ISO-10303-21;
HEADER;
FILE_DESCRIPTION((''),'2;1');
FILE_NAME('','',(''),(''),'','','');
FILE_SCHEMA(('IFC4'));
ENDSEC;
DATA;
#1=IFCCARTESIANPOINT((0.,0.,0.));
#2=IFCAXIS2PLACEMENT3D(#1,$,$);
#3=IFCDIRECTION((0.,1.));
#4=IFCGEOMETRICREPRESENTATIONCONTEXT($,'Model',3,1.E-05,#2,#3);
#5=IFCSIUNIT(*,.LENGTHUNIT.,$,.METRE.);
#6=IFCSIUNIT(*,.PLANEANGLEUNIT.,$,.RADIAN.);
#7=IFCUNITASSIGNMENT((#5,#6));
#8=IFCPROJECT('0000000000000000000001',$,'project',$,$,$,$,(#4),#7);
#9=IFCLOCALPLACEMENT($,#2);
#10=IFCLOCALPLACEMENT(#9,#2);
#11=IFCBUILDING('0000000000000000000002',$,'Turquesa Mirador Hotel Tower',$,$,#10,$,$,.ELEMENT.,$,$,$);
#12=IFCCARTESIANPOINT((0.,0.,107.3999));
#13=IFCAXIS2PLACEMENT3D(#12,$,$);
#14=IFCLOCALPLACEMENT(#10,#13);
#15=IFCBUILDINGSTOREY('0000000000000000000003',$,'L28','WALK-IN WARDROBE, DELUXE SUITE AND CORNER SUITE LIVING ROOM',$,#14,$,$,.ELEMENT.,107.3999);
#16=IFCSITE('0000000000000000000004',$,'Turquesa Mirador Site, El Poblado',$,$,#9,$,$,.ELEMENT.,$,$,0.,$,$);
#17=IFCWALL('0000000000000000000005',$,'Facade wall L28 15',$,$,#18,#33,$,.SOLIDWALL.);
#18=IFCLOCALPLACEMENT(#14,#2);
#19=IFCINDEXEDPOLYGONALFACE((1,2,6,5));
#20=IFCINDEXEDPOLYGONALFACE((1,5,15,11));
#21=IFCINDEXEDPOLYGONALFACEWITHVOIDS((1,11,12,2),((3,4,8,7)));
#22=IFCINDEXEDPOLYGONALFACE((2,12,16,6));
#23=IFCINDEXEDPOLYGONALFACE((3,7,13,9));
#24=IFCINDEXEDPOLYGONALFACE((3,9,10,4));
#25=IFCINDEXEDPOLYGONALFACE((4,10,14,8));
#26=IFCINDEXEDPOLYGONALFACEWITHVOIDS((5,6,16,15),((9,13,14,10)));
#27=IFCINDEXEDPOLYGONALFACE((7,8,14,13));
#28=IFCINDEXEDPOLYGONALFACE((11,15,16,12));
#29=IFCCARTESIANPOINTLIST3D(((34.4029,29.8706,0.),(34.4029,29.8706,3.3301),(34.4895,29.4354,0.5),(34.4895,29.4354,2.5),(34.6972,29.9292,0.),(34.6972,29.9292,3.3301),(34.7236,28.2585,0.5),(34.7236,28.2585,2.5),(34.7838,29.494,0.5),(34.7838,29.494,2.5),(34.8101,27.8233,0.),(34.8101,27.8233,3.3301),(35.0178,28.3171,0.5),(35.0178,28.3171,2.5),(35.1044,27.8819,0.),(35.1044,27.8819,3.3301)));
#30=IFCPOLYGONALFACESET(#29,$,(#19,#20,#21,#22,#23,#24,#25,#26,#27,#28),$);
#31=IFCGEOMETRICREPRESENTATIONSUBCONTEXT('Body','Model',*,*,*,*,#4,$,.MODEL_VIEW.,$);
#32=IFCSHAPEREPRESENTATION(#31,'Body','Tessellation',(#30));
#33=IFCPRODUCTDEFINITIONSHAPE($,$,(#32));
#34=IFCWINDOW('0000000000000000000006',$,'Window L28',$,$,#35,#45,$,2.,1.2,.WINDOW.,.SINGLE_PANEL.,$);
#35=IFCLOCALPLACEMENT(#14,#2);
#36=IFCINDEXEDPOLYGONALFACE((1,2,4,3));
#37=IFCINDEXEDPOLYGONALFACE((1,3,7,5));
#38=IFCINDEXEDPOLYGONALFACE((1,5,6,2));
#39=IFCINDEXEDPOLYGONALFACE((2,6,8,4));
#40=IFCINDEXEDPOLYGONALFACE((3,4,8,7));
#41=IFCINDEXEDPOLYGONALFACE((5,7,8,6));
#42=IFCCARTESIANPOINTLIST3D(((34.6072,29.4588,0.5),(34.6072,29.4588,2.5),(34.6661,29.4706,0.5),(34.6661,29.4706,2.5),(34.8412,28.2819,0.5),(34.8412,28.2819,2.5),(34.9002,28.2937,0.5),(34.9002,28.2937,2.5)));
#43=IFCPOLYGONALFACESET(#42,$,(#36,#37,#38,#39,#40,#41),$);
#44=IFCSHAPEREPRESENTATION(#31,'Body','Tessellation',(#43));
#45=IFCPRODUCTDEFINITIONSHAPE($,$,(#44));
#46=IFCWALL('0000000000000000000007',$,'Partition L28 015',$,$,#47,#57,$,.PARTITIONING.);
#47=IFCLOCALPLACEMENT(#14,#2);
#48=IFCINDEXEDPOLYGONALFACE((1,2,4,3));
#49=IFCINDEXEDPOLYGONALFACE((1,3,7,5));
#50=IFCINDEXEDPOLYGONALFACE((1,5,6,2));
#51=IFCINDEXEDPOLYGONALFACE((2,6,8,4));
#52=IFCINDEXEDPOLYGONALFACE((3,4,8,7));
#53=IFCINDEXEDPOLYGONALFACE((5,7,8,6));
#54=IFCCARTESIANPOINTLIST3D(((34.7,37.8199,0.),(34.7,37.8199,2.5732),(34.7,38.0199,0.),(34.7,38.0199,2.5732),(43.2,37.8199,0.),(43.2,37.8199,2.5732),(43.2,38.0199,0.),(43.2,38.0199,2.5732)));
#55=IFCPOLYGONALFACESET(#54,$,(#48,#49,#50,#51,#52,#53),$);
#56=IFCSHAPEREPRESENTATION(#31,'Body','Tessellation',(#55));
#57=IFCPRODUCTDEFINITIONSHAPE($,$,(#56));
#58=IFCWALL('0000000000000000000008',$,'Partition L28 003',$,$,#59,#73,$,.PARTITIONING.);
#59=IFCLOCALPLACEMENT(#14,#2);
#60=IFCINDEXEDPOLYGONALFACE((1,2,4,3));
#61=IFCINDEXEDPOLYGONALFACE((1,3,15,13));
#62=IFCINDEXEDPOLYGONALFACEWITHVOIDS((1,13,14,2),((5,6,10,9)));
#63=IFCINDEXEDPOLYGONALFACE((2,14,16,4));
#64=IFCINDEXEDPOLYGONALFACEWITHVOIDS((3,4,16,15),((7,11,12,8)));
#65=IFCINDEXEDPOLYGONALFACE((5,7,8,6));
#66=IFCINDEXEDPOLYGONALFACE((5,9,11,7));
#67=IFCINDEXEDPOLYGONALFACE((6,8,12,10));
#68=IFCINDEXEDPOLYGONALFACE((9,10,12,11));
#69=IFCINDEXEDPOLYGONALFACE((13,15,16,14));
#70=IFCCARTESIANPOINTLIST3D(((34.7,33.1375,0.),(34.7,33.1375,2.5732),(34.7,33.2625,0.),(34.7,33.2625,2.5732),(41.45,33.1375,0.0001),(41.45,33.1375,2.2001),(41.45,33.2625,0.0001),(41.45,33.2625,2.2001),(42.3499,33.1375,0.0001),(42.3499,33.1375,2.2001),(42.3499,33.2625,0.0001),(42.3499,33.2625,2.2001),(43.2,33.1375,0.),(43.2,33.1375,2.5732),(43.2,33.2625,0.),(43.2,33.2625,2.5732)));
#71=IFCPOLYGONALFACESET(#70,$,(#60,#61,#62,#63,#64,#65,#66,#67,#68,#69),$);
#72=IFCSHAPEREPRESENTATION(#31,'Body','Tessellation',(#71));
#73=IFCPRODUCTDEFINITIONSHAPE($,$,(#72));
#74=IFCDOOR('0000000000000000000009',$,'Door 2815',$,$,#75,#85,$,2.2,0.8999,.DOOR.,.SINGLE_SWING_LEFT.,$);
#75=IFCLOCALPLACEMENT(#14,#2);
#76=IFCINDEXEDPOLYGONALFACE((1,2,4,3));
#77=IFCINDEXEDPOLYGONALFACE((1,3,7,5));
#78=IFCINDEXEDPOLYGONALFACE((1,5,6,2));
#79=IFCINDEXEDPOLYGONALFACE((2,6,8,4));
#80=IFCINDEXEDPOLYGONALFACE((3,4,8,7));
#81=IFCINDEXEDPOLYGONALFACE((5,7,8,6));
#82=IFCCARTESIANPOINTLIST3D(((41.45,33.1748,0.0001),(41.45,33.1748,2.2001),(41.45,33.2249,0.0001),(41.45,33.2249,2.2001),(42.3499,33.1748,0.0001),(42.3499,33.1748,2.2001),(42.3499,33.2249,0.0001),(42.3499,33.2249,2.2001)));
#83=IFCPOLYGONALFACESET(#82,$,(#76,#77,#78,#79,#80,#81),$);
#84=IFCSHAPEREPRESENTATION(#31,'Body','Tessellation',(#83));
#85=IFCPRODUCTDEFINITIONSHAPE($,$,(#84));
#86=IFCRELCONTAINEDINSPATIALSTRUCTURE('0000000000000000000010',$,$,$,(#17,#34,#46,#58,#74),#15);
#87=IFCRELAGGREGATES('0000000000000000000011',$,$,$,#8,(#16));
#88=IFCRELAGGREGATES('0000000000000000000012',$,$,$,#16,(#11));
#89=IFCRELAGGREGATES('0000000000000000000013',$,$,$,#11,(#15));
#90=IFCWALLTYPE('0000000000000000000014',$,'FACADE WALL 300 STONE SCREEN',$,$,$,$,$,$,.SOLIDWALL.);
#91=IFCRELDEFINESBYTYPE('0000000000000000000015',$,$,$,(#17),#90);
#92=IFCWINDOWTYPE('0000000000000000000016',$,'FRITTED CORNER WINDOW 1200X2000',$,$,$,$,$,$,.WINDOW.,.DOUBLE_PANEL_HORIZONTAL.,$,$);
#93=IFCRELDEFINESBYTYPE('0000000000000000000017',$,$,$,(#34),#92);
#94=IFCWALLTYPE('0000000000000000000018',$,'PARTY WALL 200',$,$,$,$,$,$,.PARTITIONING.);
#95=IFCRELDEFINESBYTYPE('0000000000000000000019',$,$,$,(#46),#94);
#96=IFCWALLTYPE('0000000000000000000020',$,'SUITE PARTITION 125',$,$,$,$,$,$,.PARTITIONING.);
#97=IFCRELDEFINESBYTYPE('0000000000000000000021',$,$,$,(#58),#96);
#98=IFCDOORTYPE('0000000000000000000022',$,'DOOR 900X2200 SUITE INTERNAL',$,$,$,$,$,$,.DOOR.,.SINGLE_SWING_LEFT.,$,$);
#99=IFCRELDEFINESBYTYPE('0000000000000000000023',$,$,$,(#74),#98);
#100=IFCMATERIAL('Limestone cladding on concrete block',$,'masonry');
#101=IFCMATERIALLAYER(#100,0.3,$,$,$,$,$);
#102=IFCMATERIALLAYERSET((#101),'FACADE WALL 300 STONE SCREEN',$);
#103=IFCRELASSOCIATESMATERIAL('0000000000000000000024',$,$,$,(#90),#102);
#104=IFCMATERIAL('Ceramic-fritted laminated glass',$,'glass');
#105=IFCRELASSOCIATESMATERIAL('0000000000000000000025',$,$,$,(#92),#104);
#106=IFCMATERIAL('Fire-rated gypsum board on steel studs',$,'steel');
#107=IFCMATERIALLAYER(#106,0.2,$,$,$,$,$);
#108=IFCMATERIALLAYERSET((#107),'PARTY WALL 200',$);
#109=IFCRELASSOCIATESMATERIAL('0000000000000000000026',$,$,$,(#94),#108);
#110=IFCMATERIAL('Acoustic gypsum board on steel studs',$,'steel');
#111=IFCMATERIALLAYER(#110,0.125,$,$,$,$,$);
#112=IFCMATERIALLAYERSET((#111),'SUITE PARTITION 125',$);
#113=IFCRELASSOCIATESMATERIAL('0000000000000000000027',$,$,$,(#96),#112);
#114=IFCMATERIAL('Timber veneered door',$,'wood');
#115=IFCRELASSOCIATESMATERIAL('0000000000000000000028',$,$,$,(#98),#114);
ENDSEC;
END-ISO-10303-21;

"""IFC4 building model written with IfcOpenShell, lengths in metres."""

from ifc_helpers import new_model, si_unit, direction, frame, frame_2d, origin, place, context, subcontext, project, spatial, rectangle, extrude, material, layer, layer_set, type_object, element, fill, save


model = new_model("IFC4")

# Units and contexts
model_context = context("Model", 3, precision=1e-05, world=origin(), true_north=direction((0.0, 1.0)))
body_context = subcontext(model_context, "Body", "Model", "MODEL_VIEW")
ifc_project = project(units=[si_unit("LENGTHUNIT", "METRE"), si_unit("PLANEANGLEUNIT", "RADIAN")], contexts=[model_context])

# Site, building, storey
site_placement = place(None, origin())
site = spatial("IfcSite", under=ifc_project, at=site_placement, Name="Turquesa Mirador Site, El Poblado", CompositionType="ELEMENT", RefElevation=0.0)
building_placement = place(site_placement, origin())
building = spatial("IfcBuilding", under=site, at=building_placement, Name="Turquesa Mirador Hotel Tower", CompositionType="ELEMENT")
storey_placement = place(building_placement, frame((0.0, 0.0, 107.3999)))
storey = spatial("IfcBuildingStorey", under=building, at=storey_placement, Name="L28", Description="WALK-IN WARDROBE, DELUXE SUITE AND CORNER SUITE LIVING ROOM", CompositionType="ELEMENT", Elevation=107.3999)

# Wall, opening, window
ifc_material_1 = material(Name="Limestone cladding on concrete block", Category="masonry")
ifc_layer_1 = layer(ifc_material_1, 0.3)
ifc_layer_set_1 = layer_set([ifc_layer_1], Name="FACADE WALL 300 STONE SCREEN")
wall_type_1 = type_object("IfcWallType", Name="FACADE WALL 300 STONE SCREEN", PredefinedType="SOLIDWALL", material=ifc_layer_set_1)
wall_1_placement = place(storey_placement, frame((34.55, 29.8999, 0.0), z_axis=(0.0, 0.0, 1.0), x_axis=(0.195081, -0.980787, 0.0)))
wall_1 = element("IfcWall", 1, at=wall_1_placement, inside=storey, type_object=wall_type_1, Name="Facade wall L28 15", PredefinedType="SOLIDWALL", context=body_context, shape_type="SweptSolid", body=[
    extrude(rectangle(XDim=2.0874, YDim=0.3, at=frame_2d((1.0437, 0.0))), origin(), (0.0, 0.0, 1.0), 3.3301),
])
opening_1_placement = place(wall_1_placement, frame((0.4436, 0.0, 0.5)))
opening_1 = element("IfcOpeningElement", 2, at=opening_1_placement, cuts=wall_1, PredefinedType="OPENING", context=body_context, shape_type="SweptSolid", body=[
    extrude(rectangle(XDim=1.2, YDim=2.0, at=frame_2d((0.6001, 1.0))), frame((0.0, 0.1599, 0.0), z_axis=(0.0, -1.0, 0.0), x_axis=(1.0, 0.0, 0.0)), (0.0, 0.0, 1.0), 0.3201),
])
ifc_material_2 = material(Name="Ceramic-fritted laminated glass", Category="glass")
window_type = type_object("IfcWindowType", Name="FRITTED CORNER WINDOW 1200X2000", PartitioningType="DOUBLE_PANEL_HORIZONTAL", PredefinedType="WINDOW", material=ifc_material_2)
window_placement = place(opening_1_placement, origin())
window = element("IfcWindow", 3, at=window_placement, inside=storey, type_object=window_type, Name="Window L28", OverallHeight=2.0, OverallWidth=1.2, PartitioningType="SINGLE_PANEL", PredefinedType="WINDOW", context=body_context, shape_type="SweptSolid", body=[
    extrude(rectangle(XDim=1.2, YDim=2.0, at=frame_2d((0.6001, 1.0))), frame((0.0, 0.03, 0.0), z_axis=(0.0, -1.0, 0.0), x_axis=(1.0, 0.0, 0.0)), (0.0, 0.0, 1.0), 0.0601),
])
fill(opening_1, window)

# Wall
ifc_material_3 = material(Name="Fire-rated gypsum board on steel studs", Category="steel")
ifc_layer_2 = layer(ifc_material_3, 0.2)
ifc_layer_set_2 = layer_set([ifc_layer_2], Name="PARTY WALL 200")
wall_type_2 = type_object("IfcWallType", Name="PARTY WALL 200", PredefinedType="PARTITIONING", material=ifc_layer_set_2)
wall_2_placement = place(storey_placement, frame((34.7, 37.9199, 0.0), z_axis=(0.0, 0.0, 1.0), x_axis=(1.0, 0.0, 0.0)))
element("IfcWall", 4, at=wall_2_placement, inside=storey, type_object=wall_type_2, Name="Partition L28 015", PredefinedType="PARTITIONING", context=body_context, shape_type="SweptSolid", body=[
    extrude(rectangle(XDim=8.5, YDim=0.2, at=frame_2d((4.25, 0.0))), origin(), (0.0, 0.0, 1.0), 2.5732),
])

# Wall, opening, door
ifc_material_4 = material(Name="Acoustic gypsum board on steel studs", Category="steel")
ifc_layer_3 = layer(ifc_material_4, 0.125)
ifc_layer_set_3 = layer_set([ifc_layer_3], Name="SUITE PARTITION 125")
wall_type_3 = type_object("IfcWallType", Name="SUITE PARTITION 125", PredefinedType="PARTITIONING", material=ifc_layer_set_3)
wall_3_placement = place(storey_placement, frame((34.7, 33.2, 0.0), z_axis=(0.0, 0.0, 1.0), x_axis=(1.0, 0.0, 0.0)))
wall_3 = element("IfcWall", 5, at=wall_3_placement, inside=storey, type_object=wall_type_3, Name="Partition L28 003", PredefinedType="PARTITIONING", context=body_context, shape_type="SweptSolid", body=[
    extrude(rectangle(XDim=8.5, YDim=0.125, at=frame_2d((4.25, 0.0))), origin(), (0.0, 0.0, 1.0), 2.5732),
])
opening_2_placement = place(wall_3_placement, frame((6.75, 0.0, 0.0)))
opening_2 = element("IfcOpeningElement", 6, at=opening_2_placement, cuts=wall_3, PredefinedType="OPENING", context=body_context, shape_type="SweptSolid", body=[
    extrude(rectangle(XDim=0.8999, YDim=2.2, at=frame_2d((0.45, 1.1001))), frame((0.0, 0.0725, 0.0), z_axis=(0.0, -1.0, 0.0), x_axis=(1.0, 0.0, 0.0)), (0.0, 0.0, 1.0), 0.145),
])
ifc_material_5 = material(Name="Timber veneered door", Category="wood")
door_type = type_object("IfcDoorType", Name="DOOR 900X2200 SUITE INTERNAL", OperationType="SINGLE_SWING_LEFT", PredefinedType="DOOR", material=ifc_material_5)
door_placement = place(opening_2_placement, origin())
door = element("IfcDoor", 7, at=door_placement, inside=storey, type_object=door_type, Name="Door 2815", OperationType="SINGLE_SWING_LEFT", OverallHeight=2.2, OverallWidth=0.8999, PredefinedType="DOOR", context=body_context, shape_type="SweptSolid", body=[
    extrude(rectangle(XDim=0.8999, YDim=2.2, at=frame_2d((0.45, 1.1001))), frame((0.0, 0.0249, 0.0), z_axis=(0.0, -1.0, 0.0), x_axis=(1.0, 0.0, 0.0)), (0.0, 0.0, 1.0), 0.05),
])
fill(opening_2, door)

save(model, "model.ifc")
